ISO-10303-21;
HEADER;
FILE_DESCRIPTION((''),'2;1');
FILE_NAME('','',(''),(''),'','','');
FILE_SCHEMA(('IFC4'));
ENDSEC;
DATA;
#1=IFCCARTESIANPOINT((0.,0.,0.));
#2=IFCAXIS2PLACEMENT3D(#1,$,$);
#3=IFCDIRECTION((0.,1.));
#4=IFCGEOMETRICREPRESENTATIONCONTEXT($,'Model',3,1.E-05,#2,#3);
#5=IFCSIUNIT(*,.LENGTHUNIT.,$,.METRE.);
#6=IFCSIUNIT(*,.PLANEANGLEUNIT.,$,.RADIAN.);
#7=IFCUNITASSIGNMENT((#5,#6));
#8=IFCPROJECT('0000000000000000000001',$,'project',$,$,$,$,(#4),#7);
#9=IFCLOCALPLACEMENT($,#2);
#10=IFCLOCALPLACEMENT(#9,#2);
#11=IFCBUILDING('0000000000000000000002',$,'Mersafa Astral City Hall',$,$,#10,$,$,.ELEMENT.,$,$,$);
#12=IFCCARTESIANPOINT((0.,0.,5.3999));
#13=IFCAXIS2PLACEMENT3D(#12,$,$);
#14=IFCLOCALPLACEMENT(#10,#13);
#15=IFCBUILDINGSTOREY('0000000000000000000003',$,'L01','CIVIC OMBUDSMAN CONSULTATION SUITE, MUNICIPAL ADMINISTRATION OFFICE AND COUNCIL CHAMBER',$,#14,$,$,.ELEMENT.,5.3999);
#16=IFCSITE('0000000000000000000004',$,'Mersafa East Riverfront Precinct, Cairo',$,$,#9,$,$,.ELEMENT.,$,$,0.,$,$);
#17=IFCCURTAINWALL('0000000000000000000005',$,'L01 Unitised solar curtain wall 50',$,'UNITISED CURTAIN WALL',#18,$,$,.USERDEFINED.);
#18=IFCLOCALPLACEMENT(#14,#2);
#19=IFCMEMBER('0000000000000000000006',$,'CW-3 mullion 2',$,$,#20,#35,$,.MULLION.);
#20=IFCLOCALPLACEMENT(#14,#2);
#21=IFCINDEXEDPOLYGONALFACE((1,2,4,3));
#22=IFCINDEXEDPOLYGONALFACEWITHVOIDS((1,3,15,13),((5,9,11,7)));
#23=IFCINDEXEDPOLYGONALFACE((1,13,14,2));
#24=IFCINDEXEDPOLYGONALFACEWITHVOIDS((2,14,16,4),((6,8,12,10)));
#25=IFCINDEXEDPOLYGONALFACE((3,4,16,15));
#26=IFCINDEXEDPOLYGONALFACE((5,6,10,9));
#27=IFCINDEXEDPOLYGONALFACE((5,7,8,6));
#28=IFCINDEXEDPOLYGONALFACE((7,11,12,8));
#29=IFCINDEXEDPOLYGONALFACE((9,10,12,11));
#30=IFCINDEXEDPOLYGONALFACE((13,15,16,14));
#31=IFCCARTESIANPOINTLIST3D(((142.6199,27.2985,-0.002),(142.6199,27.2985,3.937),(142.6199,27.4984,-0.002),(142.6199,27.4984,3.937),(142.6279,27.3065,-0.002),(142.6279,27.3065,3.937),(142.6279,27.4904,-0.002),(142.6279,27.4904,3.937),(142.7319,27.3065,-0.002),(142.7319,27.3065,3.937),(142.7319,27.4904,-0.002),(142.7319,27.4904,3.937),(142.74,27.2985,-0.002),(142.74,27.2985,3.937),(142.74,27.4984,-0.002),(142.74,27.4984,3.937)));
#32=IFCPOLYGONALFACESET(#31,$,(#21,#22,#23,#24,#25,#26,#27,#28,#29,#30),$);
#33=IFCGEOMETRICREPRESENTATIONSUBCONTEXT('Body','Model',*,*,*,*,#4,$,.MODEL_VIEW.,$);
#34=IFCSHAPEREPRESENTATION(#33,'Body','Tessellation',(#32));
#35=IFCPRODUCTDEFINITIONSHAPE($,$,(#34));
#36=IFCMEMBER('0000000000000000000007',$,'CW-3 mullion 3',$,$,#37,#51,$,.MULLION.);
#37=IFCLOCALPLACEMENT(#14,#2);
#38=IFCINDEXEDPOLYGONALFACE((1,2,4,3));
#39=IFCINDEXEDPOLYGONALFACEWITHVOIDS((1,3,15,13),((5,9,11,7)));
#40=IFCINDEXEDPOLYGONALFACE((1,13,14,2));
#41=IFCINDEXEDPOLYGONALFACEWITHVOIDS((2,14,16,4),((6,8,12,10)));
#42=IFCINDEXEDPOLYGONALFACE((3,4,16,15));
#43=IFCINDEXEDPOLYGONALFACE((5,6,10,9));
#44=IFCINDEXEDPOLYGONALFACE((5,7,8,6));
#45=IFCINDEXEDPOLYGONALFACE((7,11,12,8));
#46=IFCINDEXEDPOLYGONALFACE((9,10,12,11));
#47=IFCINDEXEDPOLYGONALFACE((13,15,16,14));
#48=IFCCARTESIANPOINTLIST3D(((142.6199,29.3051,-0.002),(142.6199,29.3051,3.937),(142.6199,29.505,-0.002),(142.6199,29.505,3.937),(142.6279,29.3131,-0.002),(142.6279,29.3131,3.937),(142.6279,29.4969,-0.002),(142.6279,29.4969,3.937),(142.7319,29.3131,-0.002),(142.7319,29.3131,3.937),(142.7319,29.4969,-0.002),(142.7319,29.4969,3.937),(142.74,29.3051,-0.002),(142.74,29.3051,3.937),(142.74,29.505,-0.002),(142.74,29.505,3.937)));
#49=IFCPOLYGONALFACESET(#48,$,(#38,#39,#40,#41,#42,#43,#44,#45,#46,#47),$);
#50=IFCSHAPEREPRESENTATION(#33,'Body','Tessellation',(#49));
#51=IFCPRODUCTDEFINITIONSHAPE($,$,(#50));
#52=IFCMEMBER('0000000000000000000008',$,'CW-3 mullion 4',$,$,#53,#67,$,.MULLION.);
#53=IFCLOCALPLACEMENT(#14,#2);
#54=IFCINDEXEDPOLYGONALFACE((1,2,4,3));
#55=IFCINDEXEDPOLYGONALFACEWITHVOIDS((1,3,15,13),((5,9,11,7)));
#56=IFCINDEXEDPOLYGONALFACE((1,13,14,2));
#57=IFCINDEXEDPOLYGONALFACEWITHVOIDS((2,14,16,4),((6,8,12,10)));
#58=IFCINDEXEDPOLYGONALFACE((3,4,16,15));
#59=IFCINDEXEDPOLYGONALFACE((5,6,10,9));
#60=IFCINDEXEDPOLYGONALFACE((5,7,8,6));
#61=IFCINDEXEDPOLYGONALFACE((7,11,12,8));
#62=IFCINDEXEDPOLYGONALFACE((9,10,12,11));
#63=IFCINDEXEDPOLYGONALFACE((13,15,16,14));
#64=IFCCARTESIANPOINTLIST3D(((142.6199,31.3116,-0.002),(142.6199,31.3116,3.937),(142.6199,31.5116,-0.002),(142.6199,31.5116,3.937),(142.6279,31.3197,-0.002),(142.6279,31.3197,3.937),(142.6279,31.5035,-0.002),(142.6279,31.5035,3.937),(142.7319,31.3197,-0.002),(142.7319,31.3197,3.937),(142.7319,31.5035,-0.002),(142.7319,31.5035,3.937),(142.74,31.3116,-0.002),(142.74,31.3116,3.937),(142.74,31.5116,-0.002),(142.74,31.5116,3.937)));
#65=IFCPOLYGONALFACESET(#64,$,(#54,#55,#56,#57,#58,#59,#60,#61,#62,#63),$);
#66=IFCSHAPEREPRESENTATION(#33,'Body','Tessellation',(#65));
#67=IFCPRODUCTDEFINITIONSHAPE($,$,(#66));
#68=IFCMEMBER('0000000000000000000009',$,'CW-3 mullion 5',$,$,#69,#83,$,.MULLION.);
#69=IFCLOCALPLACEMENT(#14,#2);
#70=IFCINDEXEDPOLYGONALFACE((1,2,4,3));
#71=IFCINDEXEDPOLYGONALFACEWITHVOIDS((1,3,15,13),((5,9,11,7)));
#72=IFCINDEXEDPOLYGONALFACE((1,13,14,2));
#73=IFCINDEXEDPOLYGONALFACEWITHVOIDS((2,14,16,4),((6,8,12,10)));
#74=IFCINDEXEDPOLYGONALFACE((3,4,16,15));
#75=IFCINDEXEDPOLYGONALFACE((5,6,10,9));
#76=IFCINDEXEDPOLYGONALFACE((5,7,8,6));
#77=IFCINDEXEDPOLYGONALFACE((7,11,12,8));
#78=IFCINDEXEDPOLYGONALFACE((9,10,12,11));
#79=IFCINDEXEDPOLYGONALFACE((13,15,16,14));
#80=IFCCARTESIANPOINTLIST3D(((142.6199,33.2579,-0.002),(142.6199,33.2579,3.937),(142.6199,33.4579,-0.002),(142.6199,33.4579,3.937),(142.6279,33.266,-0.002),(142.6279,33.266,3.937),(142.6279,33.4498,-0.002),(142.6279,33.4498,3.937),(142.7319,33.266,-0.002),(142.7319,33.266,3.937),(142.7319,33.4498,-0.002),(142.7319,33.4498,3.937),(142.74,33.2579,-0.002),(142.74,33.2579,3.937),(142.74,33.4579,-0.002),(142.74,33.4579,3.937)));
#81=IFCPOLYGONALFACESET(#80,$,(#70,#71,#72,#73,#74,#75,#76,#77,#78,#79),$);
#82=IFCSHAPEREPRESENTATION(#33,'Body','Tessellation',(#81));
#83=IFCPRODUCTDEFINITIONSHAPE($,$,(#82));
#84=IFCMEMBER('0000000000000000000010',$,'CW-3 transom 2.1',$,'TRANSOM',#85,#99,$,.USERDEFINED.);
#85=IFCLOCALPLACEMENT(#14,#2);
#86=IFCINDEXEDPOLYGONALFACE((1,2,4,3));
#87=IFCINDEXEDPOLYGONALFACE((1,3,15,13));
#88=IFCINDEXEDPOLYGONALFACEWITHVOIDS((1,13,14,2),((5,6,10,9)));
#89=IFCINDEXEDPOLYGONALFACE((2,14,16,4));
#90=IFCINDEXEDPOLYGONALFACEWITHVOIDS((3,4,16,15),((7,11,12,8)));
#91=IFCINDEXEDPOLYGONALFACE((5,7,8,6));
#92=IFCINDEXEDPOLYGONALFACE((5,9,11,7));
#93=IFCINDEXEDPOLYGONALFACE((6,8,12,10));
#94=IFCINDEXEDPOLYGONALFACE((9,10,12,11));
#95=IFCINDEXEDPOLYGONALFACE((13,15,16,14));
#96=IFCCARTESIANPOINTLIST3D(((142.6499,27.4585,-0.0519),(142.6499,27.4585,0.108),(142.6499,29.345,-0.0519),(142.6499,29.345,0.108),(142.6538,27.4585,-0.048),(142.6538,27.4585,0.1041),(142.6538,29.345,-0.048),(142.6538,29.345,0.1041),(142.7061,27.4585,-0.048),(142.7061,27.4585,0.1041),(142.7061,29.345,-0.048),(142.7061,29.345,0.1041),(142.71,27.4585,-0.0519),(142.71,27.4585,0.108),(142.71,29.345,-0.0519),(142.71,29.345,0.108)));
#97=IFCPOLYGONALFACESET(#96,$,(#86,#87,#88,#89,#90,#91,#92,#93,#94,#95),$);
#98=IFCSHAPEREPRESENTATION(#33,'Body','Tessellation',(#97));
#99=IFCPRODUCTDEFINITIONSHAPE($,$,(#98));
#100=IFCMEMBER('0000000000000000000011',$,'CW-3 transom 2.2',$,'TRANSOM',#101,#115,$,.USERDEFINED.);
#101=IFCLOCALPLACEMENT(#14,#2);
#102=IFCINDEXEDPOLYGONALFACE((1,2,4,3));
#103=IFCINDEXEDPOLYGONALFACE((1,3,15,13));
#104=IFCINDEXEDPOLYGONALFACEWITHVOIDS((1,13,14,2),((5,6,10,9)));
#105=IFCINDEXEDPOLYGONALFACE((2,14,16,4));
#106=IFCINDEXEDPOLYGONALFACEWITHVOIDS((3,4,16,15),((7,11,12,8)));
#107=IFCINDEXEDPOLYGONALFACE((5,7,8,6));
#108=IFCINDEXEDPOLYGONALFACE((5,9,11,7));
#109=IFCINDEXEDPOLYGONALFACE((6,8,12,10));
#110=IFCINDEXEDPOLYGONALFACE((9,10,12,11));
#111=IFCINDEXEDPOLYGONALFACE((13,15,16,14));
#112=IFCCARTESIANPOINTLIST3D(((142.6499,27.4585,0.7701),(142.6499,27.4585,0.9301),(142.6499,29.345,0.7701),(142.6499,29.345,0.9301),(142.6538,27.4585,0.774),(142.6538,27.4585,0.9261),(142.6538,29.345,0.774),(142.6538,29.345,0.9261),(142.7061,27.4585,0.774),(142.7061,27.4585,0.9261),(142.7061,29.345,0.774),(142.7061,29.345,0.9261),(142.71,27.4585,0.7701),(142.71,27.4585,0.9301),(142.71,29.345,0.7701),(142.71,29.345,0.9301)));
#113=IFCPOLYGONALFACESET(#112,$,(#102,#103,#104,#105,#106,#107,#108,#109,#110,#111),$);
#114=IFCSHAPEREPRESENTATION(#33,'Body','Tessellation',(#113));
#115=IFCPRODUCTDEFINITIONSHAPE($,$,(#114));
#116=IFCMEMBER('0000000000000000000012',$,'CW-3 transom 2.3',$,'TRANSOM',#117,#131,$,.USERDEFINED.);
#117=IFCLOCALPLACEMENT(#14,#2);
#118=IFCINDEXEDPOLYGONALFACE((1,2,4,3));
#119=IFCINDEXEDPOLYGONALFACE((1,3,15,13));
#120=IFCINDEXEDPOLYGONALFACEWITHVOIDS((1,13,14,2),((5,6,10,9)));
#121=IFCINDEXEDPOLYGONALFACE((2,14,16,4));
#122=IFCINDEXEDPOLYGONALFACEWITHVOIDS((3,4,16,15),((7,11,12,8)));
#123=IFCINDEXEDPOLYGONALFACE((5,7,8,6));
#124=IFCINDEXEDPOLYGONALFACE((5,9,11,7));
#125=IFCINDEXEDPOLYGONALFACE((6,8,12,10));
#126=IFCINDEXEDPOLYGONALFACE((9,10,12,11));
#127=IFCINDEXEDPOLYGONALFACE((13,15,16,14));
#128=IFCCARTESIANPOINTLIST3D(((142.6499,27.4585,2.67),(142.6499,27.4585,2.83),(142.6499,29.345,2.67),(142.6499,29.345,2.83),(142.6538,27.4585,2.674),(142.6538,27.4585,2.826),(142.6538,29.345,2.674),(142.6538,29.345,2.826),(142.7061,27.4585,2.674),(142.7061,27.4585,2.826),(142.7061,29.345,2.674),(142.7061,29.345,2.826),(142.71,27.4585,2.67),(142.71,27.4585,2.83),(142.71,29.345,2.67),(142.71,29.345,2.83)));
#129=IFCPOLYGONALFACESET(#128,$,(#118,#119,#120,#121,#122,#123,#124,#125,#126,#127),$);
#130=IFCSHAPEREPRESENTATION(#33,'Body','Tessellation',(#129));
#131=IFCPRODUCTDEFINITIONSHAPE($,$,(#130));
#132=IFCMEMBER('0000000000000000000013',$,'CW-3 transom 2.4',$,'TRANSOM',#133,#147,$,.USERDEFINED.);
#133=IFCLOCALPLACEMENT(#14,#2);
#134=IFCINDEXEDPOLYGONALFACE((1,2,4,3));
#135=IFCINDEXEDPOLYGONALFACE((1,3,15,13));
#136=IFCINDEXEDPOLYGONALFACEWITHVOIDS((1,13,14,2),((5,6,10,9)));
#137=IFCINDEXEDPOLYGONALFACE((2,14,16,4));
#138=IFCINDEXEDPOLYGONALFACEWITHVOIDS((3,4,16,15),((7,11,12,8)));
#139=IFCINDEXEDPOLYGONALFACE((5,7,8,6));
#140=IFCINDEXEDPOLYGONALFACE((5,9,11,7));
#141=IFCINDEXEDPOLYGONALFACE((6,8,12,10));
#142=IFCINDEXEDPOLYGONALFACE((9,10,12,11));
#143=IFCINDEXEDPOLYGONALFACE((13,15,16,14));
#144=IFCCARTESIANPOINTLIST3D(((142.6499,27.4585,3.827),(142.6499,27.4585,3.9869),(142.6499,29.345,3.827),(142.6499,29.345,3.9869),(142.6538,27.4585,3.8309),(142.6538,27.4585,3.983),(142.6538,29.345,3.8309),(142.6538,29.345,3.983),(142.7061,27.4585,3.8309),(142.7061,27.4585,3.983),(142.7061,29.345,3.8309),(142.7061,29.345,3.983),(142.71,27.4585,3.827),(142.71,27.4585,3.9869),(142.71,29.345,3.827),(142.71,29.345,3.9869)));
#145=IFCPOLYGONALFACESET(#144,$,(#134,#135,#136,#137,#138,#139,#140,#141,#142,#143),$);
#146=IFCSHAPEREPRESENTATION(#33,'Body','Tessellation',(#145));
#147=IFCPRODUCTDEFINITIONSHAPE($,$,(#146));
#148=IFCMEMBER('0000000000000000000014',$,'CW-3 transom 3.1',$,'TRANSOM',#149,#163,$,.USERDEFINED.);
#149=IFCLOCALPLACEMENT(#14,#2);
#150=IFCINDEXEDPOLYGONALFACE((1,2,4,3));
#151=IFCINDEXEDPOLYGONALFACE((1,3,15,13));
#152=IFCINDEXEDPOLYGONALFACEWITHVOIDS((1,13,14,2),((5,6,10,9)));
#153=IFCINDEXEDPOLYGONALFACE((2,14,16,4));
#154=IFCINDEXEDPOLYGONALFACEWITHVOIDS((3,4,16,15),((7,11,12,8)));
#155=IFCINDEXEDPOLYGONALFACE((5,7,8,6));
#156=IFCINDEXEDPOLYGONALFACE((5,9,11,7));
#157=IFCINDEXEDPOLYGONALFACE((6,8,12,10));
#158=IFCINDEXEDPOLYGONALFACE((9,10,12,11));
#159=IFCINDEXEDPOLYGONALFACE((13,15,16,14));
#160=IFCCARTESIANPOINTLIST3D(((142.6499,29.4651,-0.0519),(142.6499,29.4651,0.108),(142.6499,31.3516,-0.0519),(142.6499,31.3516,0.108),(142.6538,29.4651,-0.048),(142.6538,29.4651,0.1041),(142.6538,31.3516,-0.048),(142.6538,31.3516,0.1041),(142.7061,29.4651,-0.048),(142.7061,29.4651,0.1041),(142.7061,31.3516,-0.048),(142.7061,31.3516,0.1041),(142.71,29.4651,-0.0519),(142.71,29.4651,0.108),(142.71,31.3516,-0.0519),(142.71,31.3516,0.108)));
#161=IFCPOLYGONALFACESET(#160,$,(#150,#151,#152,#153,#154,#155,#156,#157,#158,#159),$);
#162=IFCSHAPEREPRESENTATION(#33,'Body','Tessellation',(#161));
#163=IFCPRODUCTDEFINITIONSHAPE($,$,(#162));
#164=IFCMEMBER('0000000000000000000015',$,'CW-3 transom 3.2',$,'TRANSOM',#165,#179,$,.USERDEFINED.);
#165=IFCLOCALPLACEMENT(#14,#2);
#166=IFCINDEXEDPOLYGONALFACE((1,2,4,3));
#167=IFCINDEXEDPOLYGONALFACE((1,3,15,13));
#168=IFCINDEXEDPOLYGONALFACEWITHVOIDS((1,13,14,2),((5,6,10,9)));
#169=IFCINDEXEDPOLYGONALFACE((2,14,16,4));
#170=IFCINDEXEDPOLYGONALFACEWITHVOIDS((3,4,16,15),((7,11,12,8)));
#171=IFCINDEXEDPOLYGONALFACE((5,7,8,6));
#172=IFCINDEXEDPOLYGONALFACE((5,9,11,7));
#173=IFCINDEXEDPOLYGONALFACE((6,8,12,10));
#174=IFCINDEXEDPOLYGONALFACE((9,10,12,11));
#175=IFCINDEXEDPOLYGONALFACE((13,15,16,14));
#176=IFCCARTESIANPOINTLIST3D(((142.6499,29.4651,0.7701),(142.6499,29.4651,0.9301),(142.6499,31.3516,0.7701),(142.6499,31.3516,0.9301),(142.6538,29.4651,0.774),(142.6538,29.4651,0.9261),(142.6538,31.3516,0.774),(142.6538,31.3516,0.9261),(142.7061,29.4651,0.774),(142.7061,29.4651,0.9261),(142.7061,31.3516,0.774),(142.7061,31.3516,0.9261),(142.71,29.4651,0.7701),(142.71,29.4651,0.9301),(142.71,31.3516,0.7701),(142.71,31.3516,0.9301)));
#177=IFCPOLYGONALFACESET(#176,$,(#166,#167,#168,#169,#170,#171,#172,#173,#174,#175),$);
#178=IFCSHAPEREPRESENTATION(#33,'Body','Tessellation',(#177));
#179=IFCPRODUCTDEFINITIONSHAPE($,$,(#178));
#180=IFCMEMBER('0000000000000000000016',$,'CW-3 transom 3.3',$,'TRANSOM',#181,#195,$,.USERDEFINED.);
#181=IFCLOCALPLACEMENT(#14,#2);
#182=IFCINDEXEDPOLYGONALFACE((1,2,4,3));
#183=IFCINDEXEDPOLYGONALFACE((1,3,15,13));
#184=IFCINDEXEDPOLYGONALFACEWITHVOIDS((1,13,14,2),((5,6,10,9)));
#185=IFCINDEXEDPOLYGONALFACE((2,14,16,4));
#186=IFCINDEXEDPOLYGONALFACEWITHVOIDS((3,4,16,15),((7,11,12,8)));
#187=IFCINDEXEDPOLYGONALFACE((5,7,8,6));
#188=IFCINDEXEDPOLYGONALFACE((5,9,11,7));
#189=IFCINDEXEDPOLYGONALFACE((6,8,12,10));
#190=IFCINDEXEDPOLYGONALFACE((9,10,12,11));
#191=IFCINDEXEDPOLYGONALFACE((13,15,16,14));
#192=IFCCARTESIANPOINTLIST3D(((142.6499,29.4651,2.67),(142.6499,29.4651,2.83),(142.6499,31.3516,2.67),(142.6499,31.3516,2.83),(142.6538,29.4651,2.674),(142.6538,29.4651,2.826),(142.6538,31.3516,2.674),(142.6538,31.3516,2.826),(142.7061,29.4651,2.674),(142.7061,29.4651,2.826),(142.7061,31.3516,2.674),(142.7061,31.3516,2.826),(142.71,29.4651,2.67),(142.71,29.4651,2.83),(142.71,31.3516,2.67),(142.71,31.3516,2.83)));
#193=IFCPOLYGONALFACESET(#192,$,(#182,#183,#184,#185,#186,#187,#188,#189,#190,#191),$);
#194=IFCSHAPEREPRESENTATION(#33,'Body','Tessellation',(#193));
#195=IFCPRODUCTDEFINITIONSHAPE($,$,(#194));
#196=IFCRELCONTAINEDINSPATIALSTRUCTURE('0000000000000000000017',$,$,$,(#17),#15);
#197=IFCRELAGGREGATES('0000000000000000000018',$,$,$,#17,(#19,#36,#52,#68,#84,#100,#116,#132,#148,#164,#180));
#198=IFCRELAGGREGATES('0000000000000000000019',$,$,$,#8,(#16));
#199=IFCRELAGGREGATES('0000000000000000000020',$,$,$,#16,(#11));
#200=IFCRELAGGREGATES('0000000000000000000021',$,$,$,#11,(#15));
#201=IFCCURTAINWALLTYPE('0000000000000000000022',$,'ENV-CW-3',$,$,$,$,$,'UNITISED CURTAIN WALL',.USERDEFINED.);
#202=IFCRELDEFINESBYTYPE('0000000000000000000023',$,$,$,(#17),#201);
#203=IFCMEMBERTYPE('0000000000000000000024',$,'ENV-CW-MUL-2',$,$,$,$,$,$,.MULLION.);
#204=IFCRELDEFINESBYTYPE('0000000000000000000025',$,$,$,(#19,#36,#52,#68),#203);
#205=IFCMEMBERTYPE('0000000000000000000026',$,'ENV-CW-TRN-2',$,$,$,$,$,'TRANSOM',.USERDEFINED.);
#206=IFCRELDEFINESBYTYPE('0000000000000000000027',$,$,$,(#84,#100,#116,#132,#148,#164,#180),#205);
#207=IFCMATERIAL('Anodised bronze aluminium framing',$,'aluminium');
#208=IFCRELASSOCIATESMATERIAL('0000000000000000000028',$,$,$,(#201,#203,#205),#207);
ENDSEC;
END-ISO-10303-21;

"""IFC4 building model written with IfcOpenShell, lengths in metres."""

from ifc_helpers import new_model, si_unit, direction, frame, origin, origin_2d, place, context, subcontext, project, spatial, hollow_rectangle, extrude, material, material_profile, profile_set, type_object, element, aggregate, save


model = new_model("IFC4")

# Units and contexts
model_context = context("Model", 3, precision=1e-05, world=origin(), true_north=direction((0.0, 1.0)))
body_context = subcontext(model_context, "Body", "Model", "MODEL_VIEW")
ifc_project = project(units=[si_unit("LENGTHUNIT", "METRE"), si_unit("PLANEANGLEUNIT", "RADIAN")], contexts=[model_context])

# Site, building, storey
site_placement = place(None, origin())
site = spatial("IfcSite", under=ifc_project, at=site_placement, Name="Mersafa East Riverfront Precinct, Cairo", CompositionType="ELEMENT", RefElevation=0.0)
building_placement = place(site_placement, origin())
building = spatial("IfcBuilding", under=site, at=building_placement, Name="Mersafa Astral City Hall", CompositionType="ELEMENT")
storey_placement = place(building_placement, frame((0.0, 0.0, 5.3999)))
storey = spatial("IfcBuildingStorey", under=building, at=storey_placement, Name="L01", Description="CIVIC OMBUDSMAN CONSULTATION SUITE, MUNICIPAL ADMINISTRATION OFFICE AND COUNCIL CHAMBER", CompositionType="ELEMENT", Elevation=5.3999)

# Curtain wall, members
ifc_material_1 = material(Name="Anodised bronze aluminium framing", Category="aluminium")
curtain_wall_type = type_object("IfcCurtainWallType", Name="ENV-CW-3", ElementType="UNITISED CURTAIN WALL", PredefinedType="USERDEFINED", material=ifc_material_1)
curtain_wall_placement = place(storey_placement, origin())
curtain_wall = element("IfcCurtainWall", 1, at=curtain_wall_placement, inside=storey, type_object=curtain_wall_type, Name="L01 Unitised solar curtain wall 50", ObjectType="UNITISED CURTAIN WALL", PredefinedType="USERDEFINED")
ifc_material_profile_1 = material_profile(ifc_material_1, hollow_rectangle(XDim=0.1201, YDim=0.2, WallThickness=0.0081, at=origin_2d()), Name="RHS 120x200x8")
ifc_profile_set_1 = profile_set([ifc_material_profile_1], Name="Anodised bronze aluminium framing")
member_type_1 = type_object("IfcMemberType", Name="ENV-CW-MUL-2", PredefinedType="MULLION", material=ifc_profile_set_1)
member_1_placement = place(storey_placement, frame((142.6799, 27.3984, -0.002), z_axis=(0.0, 0.0, 1.0), x_axis=(-1.0, 0.0, 0.0)))
member_1 = element("IfcMember", 2, at=member_1_placement, type_object=member_type_1, Name="CW-3 mullion 2", PredefinedType="MULLION", context=body_context, shape_type="SweptSolid", body=[
    extrude(hollow_rectangle(XDim=0.1201, YDim=0.2, WallThickness=0.0081, at=origin_2d()), origin(), (0.0, 0.0, 1.0), 3.939),
])
member_2_placement = place(storey_placement, frame((142.6799, 29.405, -0.002), z_axis=(0.0, 0.0, 1.0), x_axis=(-1.0, 0.0, 0.0)))
member_2 = element("IfcMember", 3, at=member_2_placement, type_object=member_type_1, Name="CW-3 mullion 3", PredefinedType="MULLION", context=body_context, shape_type="SweptSolid", body=[
    extrude(hollow_rectangle(XDim=0.1201, YDim=0.2, WallThickness=0.0081, at=origin_2d()), origin(), (0.0, 0.0, 1.0), 3.939),
])
member_3_placement = place(storey_placement, frame((142.6799, 31.4116, -0.002), z_axis=(0.0, 0.0, 1.0), x_axis=(-1.0, 0.0, 0.0)))
member_3 = element("IfcMember", 4, at=member_3_placement, type_object=member_type_1, Name="CW-3 mullion 4", PredefinedType="MULLION", context=body_context, shape_type="SweptSolid", body=[
    extrude(hollow_rectangle(XDim=0.1201, YDim=0.2, WallThickness=0.0081, at=origin_2d()), origin(), (0.0, 0.0, 1.0), 3.939),
])
member_4_placement = place(storey_placement, frame((142.6799, 33.3579, -0.002), z_axis=(0.0, 0.0, 1.0), x_axis=(-1.0, 0.0, 0.0)))
member_4 = element("IfcMember", 5, at=member_4_placement, type_object=member_type_1, Name="CW-3 mullion 5", PredefinedType="MULLION", context=body_context, shape_type="SweptSolid", body=[
    extrude(hollow_rectangle(XDim=0.1201, YDim=0.2, WallThickness=0.0081, at=origin_2d()), origin(), (0.0, 0.0, 1.0), 3.939),
])
ifc_material_profile_2 = material_profile(ifc_material_1, hollow_rectangle(XDim=0.0601, YDim=0.1599, WallThickness=0.0039, at=origin_2d()), Name="RHS 60x160x4")
ifc_profile_set_2 = profile_set([ifc_material_profile_2], Name="Anodised bronze aluminium framing")
member_type_2 = type_object("IfcMemberType", Name="ENV-CW-TRN-2", ElementType="TRANSOM", PredefinedType="USERDEFINED", material=ifc_profile_set_2)
member_5_placement = place(storey_placement, frame((142.6799, 27.4585, 0.0281), z_axis=(0.0, 1.0, 0.0), x_axis=(-1.0, 0.0, 0.0)))
member_5 = element("IfcMember", 6, at=member_5_placement, type_object=member_type_2, Name="CW-3 transom 2.1", ObjectType="TRANSOM", PredefinedType="USERDEFINED", context=body_context, shape_type="SweptSolid", body=[
    extrude(hollow_rectangle(XDim=0.0601, YDim=0.1599, WallThickness=0.0039, at=origin_2d()), origin(), (0.0, 0.0, 1.0), 1.8865),
])
member_6_placement = place(storey_placement, frame((142.6799, 27.4585, 0.8501), z_axis=(0.0, 1.0, 0.0), x_axis=(-1.0, 0.0, 0.0)))
member_6 = element("IfcMember", 7, at=member_6_placement, type_object=member_type_2, Name="CW-3 transom 2.2", ObjectType="TRANSOM", PredefinedType="USERDEFINED", context=body_context, shape_type="SweptSolid", body=[
    extrude(hollow_rectangle(XDim=0.0601, YDim=0.1599, WallThickness=0.0039, at=origin_2d()), origin(), (0.0, 0.0, 1.0), 1.8865),
])
member_7_placement = place(storey_placement, frame((142.6799, 27.4585, 2.75), z_axis=(0.0, 1.0, 0.0), x_axis=(-1.0, 0.0, 0.0)))
member_7 = element("IfcMember", 8, at=member_7_placement, type_object=member_type_2, Name="CW-3 transom 2.3", ObjectType="TRANSOM", PredefinedType="USERDEFINED", context=body_context, shape_type="SweptSolid", body=[
    extrude(hollow_rectangle(XDim=0.0601, YDim=0.1599, WallThickness=0.0039, at=origin_2d()), origin(), (0.0, 0.0, 1.0), 1.8865),
])
member_8_placement = place(storey_placement, frame((142.6799, 27.4585, 3.907), z_axis=(0.0, 1.0, 0.0), x_axis=(-1.0, 0.0, 0.0)))
member_8 = element("IfcMember", 9, at=member_8_placement, type_object=member_type_2, Name="CW-3 transom 2.4", ObjectType="TRANSOM", PredefinedType="USERDEFINED", context=body_context, shape_type="SweptSolid", body=[
    extrude(hollow_rectangle(XDim=0.0601, YDim=0.1599, WallThickness=0.0039, at=origin_2d()), origin(), (0.0, 0.0, 1.0), 1.8865),
])
member_9_placement = place(storey_placement, frame((142.6799, 29.4651, 0.0281), z_axis=(0.0, 1.0, 0.0), x_axis=(-1.0, 0.0, 0.0)))
member_9 = element("IfcMember", 10, at=member_9_placement, type_object=member_type_2, Name="CW-3 transom 3.1", ObjectType="TRANSOM", PredefinedType="USERDEFINED", context=body_context, shape_type="SweptSolid", body=[
    extrude(hollow_rectangle(XDim=0.0601, YDim=0.1599, WallThickness=0.0039, at=origin_2d()), origin(), (0.0, 0.0, 1.0), 1.8865),
])
member_10_placement = place(storey_placement, frame((142.6799, 29.4651, 0.8501), z_axis=(0.0, 1.0, 0.0), x_axis=(-1.0, 0.0, 0.0)))
member_10 = element("IfcMember", 11, at=member_10_placement, type_object=member_type_2, Name="CW-3 transom 3.2", ObjectType="TRANSOM", PredefinedType="USERDEFINED", context=body_context, shape_type="SweptSolid", body=[
    extrude(hollow_rectangle(XDim=0.0601, YDim=0.1599, WallThickness=0.0039, at=origin_2d()), origin(), (0.0, 0.0, 1.0), 1.8865),
])
member_11_placement = place(storey_placement, frame((142.6799, 29.4651, 2.75), z_axis=(0.0, 1.0, 0.0), x_axis=(-1.0, 0.0, 0.0)))
member_11 = element("IfcMember", 12, at=member_11_placement, type_object=member_type_2, Name="CW-3 transom 3.3", ObjectType="TRANSOM", PredefinedType="USERDEFINED", context=body_context, shape_type="SweptSolid", body=[
    extrude(hollow_rectangle(XDim=0.0601, YDim=0.1599, WallThickness=0.0039, at=origin_2d()), origin(), (0.0, 0.0, 1.0), 1.8865),
])
aggregate(curtain_wall, [member_1, member_2, member_3, member_4, member_5, member_6, member_7, member_8, member_9, member_10, member_11])

save(model, "model.ifc")
